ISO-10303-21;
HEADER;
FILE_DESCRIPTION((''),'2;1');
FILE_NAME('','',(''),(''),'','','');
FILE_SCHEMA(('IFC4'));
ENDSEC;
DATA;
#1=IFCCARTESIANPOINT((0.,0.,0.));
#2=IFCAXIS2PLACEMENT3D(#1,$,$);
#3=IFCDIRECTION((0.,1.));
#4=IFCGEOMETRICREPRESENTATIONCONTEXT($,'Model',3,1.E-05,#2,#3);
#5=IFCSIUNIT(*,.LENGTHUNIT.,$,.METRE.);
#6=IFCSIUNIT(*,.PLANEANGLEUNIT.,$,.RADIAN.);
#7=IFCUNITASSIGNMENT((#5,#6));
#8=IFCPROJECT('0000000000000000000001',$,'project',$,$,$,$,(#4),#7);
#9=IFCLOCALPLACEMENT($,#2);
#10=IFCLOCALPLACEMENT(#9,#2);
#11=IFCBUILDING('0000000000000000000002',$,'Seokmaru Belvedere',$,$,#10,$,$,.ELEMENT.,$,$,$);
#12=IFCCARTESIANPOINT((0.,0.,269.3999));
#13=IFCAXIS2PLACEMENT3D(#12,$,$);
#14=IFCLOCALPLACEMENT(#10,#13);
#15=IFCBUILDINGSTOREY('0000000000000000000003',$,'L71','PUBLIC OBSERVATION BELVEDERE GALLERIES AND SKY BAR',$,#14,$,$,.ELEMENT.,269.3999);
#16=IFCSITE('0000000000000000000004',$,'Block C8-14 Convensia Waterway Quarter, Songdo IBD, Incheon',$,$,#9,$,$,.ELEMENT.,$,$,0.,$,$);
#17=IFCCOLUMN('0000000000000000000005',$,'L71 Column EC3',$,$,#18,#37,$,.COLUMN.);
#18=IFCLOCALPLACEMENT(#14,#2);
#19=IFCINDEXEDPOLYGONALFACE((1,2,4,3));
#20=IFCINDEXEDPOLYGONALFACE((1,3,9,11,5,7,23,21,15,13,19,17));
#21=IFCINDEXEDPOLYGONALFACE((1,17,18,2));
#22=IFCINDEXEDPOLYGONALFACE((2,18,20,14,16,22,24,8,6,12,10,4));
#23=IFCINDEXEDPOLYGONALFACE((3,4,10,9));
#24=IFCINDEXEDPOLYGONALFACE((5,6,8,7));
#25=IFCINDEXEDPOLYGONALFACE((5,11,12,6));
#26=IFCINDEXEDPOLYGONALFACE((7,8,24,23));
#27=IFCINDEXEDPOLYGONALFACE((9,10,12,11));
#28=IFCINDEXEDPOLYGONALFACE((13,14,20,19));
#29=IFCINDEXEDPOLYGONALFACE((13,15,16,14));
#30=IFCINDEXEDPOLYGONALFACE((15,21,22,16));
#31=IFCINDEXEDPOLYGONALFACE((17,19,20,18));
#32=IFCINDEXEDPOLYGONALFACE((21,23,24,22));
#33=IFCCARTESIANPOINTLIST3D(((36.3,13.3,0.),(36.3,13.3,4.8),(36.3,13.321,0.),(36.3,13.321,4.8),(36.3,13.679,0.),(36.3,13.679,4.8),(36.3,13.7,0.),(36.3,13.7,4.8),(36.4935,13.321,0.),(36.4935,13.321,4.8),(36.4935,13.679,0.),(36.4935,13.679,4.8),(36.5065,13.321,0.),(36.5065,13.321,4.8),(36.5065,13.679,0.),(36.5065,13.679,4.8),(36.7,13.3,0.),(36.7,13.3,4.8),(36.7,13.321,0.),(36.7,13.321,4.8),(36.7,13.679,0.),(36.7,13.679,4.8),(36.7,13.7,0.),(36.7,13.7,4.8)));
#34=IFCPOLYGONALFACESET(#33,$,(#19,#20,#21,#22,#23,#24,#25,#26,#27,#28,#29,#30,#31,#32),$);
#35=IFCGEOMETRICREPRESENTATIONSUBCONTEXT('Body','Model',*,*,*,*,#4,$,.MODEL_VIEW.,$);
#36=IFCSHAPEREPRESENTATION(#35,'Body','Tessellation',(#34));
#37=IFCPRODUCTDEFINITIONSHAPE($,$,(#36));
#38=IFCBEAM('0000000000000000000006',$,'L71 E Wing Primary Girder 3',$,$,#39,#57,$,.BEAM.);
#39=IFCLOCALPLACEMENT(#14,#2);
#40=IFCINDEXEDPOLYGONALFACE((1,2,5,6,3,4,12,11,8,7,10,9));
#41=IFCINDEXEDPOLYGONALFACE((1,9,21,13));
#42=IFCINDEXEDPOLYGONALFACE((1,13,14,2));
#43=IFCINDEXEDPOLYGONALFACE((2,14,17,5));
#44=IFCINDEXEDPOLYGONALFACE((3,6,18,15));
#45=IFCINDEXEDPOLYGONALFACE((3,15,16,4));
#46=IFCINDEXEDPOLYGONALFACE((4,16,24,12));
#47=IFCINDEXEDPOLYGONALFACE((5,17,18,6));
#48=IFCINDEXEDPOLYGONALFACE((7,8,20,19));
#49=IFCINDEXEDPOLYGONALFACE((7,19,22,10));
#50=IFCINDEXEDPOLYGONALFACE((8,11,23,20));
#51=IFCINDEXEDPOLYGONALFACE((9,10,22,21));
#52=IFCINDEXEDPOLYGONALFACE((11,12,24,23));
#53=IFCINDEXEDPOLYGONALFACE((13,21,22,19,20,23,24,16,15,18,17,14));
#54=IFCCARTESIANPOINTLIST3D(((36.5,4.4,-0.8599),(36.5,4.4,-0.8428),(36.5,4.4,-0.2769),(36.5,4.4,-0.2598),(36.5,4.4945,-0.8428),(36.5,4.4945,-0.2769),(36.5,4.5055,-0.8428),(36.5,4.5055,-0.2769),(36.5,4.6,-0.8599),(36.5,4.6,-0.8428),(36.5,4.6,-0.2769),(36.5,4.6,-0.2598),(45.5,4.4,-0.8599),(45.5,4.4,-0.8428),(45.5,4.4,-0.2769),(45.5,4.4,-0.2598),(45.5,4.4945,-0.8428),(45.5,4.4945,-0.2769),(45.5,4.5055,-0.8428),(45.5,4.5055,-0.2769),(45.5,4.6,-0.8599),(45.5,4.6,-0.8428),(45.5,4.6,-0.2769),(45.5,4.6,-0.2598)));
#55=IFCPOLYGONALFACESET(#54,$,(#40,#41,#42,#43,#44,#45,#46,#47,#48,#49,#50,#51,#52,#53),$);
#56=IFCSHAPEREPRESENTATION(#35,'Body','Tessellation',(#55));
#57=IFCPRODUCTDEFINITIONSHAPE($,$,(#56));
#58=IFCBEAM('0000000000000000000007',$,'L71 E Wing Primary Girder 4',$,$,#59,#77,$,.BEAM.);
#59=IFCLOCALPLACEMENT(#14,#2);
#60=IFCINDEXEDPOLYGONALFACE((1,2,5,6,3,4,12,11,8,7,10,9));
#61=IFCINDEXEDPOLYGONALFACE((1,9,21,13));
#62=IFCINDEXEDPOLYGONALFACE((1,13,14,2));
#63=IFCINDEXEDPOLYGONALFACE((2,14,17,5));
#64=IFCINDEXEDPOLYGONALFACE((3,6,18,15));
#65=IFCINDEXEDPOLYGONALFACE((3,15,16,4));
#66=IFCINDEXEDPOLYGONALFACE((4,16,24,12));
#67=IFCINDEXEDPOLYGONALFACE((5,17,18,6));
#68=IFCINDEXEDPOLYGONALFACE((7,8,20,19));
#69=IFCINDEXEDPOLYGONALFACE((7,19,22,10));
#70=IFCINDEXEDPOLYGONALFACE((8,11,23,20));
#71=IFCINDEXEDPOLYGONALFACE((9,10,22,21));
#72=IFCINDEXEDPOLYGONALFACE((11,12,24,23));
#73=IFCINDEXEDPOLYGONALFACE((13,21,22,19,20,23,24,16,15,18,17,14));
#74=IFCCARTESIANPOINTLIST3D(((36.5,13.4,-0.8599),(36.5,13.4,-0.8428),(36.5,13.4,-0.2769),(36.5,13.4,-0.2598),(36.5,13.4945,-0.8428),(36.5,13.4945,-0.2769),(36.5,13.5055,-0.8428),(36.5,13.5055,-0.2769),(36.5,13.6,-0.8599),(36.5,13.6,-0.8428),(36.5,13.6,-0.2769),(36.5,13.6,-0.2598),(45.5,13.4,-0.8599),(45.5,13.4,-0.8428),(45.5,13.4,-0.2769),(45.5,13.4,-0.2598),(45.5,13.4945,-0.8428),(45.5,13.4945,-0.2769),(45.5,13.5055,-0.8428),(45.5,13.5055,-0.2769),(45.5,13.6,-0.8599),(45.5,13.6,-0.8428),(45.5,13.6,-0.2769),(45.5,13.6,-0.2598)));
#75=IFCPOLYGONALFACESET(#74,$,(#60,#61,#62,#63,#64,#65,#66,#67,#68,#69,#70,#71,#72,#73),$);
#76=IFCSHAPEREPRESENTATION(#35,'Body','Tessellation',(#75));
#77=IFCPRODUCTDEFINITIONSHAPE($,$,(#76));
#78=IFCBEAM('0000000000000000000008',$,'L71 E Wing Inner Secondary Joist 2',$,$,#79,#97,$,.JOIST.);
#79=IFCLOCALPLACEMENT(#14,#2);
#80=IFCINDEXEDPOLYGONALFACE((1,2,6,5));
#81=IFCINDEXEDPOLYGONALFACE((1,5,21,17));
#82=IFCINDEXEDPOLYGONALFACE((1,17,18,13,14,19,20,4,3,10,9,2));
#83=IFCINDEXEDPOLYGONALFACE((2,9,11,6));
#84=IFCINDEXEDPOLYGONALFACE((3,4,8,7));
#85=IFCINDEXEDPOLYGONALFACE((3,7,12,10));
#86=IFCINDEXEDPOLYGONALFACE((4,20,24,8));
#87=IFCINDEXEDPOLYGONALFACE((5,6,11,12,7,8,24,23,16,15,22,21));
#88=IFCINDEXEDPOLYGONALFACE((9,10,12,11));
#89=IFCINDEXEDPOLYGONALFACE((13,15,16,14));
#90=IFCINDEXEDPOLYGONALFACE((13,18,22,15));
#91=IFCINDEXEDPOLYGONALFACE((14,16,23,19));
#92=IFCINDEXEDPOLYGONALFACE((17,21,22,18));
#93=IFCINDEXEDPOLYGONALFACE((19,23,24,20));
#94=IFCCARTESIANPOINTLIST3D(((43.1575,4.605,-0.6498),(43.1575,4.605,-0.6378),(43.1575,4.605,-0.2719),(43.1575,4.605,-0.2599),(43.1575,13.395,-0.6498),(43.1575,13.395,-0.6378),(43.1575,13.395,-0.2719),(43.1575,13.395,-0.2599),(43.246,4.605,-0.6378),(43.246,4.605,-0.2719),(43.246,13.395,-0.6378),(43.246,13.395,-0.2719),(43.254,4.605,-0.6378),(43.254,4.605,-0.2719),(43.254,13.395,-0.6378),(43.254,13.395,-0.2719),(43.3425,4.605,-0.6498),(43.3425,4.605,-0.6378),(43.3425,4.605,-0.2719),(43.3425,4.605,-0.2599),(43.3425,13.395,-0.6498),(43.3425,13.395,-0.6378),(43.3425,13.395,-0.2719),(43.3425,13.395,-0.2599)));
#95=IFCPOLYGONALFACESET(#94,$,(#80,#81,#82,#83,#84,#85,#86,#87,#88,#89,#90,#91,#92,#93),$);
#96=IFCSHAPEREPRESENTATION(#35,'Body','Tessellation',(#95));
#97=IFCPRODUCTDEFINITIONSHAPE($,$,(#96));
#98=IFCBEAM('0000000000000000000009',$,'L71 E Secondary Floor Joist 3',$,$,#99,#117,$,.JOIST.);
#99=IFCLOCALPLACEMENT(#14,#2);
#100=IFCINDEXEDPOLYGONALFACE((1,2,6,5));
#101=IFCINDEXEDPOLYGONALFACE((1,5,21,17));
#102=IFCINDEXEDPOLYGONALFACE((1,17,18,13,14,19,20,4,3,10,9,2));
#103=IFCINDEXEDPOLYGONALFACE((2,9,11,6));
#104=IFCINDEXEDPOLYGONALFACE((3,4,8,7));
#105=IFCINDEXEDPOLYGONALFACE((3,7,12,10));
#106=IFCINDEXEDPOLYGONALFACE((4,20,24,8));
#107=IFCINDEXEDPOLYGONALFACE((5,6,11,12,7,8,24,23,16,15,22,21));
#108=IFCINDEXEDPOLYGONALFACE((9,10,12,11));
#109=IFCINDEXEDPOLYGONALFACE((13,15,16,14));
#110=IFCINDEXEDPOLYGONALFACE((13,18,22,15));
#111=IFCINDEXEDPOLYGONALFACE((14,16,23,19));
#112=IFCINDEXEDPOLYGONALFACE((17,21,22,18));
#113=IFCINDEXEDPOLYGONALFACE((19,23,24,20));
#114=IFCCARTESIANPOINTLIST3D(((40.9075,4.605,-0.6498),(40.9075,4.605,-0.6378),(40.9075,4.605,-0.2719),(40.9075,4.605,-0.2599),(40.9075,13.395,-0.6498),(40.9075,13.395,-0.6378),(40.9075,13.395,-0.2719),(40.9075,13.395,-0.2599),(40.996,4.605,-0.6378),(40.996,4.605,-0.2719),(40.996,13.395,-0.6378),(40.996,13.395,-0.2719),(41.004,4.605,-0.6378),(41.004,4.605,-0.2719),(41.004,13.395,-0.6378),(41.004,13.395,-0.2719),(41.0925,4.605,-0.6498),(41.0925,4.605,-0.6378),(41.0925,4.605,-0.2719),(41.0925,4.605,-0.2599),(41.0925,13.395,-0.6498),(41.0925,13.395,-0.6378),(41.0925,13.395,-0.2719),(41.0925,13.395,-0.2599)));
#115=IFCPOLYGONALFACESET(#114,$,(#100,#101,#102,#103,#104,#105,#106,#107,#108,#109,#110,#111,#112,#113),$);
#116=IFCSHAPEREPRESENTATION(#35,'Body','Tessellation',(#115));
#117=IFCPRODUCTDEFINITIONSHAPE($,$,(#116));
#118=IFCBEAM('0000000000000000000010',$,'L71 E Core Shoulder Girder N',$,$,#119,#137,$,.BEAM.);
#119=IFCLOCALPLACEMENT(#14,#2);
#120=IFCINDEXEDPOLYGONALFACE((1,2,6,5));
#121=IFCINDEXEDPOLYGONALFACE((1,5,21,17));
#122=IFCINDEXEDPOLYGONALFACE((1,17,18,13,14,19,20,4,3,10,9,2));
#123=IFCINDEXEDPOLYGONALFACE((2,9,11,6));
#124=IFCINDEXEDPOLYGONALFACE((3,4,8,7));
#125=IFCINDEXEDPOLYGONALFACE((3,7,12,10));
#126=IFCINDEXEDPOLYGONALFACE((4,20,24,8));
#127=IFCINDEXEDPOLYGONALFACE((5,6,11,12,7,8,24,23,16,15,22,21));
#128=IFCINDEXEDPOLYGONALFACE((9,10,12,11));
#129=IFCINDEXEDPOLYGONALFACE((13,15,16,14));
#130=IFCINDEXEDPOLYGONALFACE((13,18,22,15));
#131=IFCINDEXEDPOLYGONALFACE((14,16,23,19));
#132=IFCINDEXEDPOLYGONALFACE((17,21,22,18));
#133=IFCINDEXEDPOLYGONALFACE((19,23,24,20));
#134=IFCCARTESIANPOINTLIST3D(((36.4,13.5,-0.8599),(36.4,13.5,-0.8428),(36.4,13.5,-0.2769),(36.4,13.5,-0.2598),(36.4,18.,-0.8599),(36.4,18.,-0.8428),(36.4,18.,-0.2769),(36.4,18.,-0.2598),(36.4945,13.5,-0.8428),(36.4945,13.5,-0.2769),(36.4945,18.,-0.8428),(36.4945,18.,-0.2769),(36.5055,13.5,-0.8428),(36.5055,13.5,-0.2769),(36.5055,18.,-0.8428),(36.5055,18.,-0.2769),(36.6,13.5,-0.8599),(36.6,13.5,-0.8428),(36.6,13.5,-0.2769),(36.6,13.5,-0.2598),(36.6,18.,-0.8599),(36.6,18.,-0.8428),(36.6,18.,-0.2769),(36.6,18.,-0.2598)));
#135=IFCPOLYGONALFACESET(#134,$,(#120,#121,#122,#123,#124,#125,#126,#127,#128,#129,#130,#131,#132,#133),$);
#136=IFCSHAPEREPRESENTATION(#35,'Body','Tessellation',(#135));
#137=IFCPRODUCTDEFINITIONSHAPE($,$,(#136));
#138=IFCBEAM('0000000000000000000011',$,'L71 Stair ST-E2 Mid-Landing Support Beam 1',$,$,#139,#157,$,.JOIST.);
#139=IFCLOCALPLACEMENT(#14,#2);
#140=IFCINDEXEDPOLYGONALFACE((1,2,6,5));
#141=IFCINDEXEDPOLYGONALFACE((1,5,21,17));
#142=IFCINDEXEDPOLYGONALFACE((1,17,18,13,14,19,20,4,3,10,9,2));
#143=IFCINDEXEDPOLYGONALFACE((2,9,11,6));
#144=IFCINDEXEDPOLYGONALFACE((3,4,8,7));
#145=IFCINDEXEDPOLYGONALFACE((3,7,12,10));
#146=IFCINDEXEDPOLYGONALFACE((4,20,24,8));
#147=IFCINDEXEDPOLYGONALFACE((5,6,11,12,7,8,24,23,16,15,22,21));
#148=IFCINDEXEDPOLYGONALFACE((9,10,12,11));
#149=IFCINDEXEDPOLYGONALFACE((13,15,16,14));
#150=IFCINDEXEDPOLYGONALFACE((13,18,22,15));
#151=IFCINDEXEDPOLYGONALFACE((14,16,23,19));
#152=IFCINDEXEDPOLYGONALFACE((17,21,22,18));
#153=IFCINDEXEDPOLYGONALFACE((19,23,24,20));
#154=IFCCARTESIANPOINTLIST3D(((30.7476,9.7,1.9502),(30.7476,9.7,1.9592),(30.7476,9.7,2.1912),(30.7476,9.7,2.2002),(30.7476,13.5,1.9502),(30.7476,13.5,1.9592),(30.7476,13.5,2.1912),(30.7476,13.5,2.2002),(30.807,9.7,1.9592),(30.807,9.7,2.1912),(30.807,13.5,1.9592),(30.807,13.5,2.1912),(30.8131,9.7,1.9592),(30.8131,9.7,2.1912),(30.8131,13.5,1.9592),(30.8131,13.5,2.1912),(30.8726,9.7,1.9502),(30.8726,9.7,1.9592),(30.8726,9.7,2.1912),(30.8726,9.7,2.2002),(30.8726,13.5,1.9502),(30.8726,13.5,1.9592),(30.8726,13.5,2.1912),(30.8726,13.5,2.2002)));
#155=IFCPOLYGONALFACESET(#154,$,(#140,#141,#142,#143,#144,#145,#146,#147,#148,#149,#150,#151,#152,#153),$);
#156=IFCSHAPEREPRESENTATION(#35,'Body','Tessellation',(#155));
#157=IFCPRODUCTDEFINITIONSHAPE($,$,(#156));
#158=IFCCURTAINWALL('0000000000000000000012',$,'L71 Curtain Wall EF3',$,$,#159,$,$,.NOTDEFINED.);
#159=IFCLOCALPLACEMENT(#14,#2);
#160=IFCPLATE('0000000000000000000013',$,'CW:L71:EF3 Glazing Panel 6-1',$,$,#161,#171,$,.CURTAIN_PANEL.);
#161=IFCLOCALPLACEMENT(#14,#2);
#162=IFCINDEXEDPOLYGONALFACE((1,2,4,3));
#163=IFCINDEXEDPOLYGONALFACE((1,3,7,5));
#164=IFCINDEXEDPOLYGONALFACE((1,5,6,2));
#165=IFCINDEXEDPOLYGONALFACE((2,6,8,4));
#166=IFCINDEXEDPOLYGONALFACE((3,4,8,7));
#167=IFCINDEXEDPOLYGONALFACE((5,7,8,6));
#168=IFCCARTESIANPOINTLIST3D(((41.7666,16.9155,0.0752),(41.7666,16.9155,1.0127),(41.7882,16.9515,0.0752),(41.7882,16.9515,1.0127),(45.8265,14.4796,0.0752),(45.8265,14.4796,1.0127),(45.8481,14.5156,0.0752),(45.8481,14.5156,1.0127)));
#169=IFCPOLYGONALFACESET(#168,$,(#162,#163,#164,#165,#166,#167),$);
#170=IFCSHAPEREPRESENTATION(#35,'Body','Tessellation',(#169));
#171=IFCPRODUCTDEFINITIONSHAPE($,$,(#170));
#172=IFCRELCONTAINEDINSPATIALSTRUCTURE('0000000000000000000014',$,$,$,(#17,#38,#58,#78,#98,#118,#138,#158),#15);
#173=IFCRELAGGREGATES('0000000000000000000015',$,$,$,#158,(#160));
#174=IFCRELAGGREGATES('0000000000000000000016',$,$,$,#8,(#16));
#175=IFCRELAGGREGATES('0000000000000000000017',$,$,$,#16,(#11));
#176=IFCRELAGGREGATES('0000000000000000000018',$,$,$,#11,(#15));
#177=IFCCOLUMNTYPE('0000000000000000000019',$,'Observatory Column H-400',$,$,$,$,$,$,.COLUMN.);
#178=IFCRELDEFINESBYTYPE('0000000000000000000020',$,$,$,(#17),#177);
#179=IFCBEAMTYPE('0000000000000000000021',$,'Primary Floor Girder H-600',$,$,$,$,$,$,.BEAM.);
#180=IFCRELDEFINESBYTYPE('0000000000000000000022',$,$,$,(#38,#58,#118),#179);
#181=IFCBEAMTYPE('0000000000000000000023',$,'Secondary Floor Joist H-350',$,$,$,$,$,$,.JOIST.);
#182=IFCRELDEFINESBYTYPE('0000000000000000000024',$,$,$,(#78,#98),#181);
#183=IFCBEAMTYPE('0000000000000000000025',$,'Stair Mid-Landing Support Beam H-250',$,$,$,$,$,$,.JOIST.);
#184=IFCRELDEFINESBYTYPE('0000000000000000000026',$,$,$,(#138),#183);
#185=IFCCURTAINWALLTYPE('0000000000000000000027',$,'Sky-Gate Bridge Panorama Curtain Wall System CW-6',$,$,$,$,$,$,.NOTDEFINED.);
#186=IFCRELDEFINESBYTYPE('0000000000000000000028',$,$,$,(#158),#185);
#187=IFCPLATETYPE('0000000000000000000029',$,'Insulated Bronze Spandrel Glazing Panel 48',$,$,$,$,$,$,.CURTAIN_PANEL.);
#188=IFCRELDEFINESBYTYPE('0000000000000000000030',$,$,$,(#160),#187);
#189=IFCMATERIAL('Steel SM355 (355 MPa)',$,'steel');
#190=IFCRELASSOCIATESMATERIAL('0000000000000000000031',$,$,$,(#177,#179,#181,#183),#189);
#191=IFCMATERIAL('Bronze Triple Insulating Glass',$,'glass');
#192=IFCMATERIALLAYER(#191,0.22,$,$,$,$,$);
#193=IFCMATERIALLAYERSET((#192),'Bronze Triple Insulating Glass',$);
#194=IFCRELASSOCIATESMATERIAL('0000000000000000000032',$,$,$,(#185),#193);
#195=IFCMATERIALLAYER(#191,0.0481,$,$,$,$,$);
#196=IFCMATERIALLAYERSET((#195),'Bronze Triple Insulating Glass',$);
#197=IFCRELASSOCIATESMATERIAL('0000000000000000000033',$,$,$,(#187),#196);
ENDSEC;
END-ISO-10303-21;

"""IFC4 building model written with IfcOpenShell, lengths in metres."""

from ifc_helpers import new_model, si_unit, direction, frame, origin, origin_2d, place, context, subcontext, project, spatial, rectangle, i_section, extrude, source, transform, mapped, material, layer, layer_set, material_profile, profile_set, type_object, type_shapes, element, aggregate, save


model = new_model("IFC4")

# Units and contexts
model_context = context("Model", 3, precision=1e-05, world=origin(), true_north=direction((0.0, 1.0)))
body_context = subcontext(model_context, "Body", "Model", "MODEL_VIEW")
ifc_project = project(units=[si_unit("LENGTHUNIT", "METRE"), si_unit("PLANEANGLEUNIT", "RADIAN")], contexts=[model_context])

# Site, building, storey
site_placement = place(None, origin())
site = spatial("IfcSite", under=ifc_project, at=site_placement, Name="Block C8-14 Convensia Waterway Quarter, Songdo IBD, Incheon", CompositionType="ELEMENT", RefElevation=0.0)
building_placement = place(site_placement, origin())
building = spatial("IfcBuilding", under=site, at=building_placement, Name="Seokmaru Belvedere", CompositionType="ELEMENT")
storey_placement = place(building_placement, frame((0.0, 0.0, 269.3999)))
storey = spatial("IfcBuildingStorey", under=building, at=storey_placement, Name="L71", Description="PUBLIC OBSERVATION BELVEDERE GALLERIES AND SKY BAR", CompositionType="ELEMENT", Elevation=269.3999)

# Column
ifc_material_1 = material(Name="Steel SM355 (355 MPa)", Category="steel")
ifc_material_profile_1 = material_profile(ifc_material_1, i_section(OverallWidth=0.3999, OverallDepth=0.3999, WebThickness=0.0129, FlangeThickness=0.021, at=origin_2d()), Name="H-400x400x13x21")
ifc_profile_set_1 = profile_set([ifc_material_profile_1], Name="Steel SM355 (355 MPa)")
column_type = type_object("IfcColumnType", Name="Observatory Column H-400", PredefinedType="COLUMN", material=ifc_profile_set_1)
shared_shape_1 = source(origin(), body_context, "Body", "SweptSolid", [
    extrude(i_section(OverallWidth=0.3999, OverallDepth=0.3999, WebThickness=0.0129, FlangeThickness=0.021, at=origin_2d()), origin(), (0.0, 0.0, 1.0), 4.8),
])
type_shapes(column_type, [shared_shape_1])
column_placement = place(storey_placement, frame((36.5, 13.5, 0.0), z_axis=(0.0, 0.0, 1.0), x_axis=(1.0, 0.0, 0.0)))
element("IfcColumn", 1, at=column_placement, inside=storey, type_object=column_type, Name="L71 Column EC3", PredefinedType="COLUMN", context=body_context, shape_type="MappedRepresentation", body=[
    mapped(shared_shape_1, transform((0.0, 0.0, 0.0), scale=1.0)),
])

# Beams
ifc_material_profile_2 = material_profile(ifc_material_1, i_section(OverallWidth=0.2, OverallDepth=0.6001, WebThickness=0.011, FlangeThickness=0.0171, at=origin_2d()), Name="H-600x200x11x17")
ifc_profile_set_2 = profile_set([ifc_material_profile_2], Name="Steel SM355 (355 MPa)")
beam_type_1 = type_object("IfcBeamType", Name="Primary Floor Girder H-600", PredefinedType="BEAM", material=ifc_profile_set_2)
shared_shape_2 = source(origin(), body_context, "Body", "SweptSolid", [
    extrude(i_section(OverallWidth=0.2, OverallDepth=0.6001, WebThickness=0.011, FlangeThickness=0.0171, at=origin_2d()), origin(), (0.0, 0.0, 1.0), 9.0),
])
for number, where, z_axis, x_axis, name in (
    (2, (36.5, 4.5, -0.5598), (1.0, 0.0, 0.0), (0.0, 1.0, 0.0), "L71 E Wing Primary Girder 3"),
    (3, (36.5, 13.5, -0.5598), (1.0, 0.0, 0.0), (0.0, 1.0, 0.0), "L71 E Wing Primary Girder 4"),
):
    element("IfcBeam", number, at=place(storey_placement, frame(where, z_axis=z_axis, x_axis=x_axis)), inside=storey, type_object=beam_type_1, Name=name, PredefinedType="BEAM", context=body_context, shape_type="MappedRepresentation", body=[
        mapped(shared_shape_2, transform((0.0, 0.0, 0.0), scale=1.0)),
    ])
ifc_material_profile_3 = material_profile(ifc_material_1, i_section(OverallWidth=0.1851, OverallDepth=0.3899, WebThickness=0.0081, FlangeThickness=0.012, at=origin_2d()), Name="H-390x185x8x12")
ifc_profile_set_3 = profile_set([ifc_material_profile_3], Name="Steel SM355 (355 MPa)")
beam_type_2 = type_object("IfcBeamType", Name="Secondary Floor Joist H-350", PredefinedType="JOIST", material=ifc_profile_set_3)
shared_shape_3 = source(origin(), body_context, "Body", "SweptSolid", [
    extrude(i_section(OverallWidth=0.1851, OverallDepth=0.3899, WebThickness=0.0081, FlangeThickness=0.012, at=origin_2d()), origin(), (0.0, 0.0, 1.0), 8.79),
])
type_shapes(beam_type_2, [shared_shape_3])
for number, where, z_axis, x_axis, name in (
    (4, (43.25, 4.605, -0.4548), (0.0, 1.0, 0.0), (-1.0, 0.0, 0.0), "L71 E Wing Inner Secondary Joist 2"),
    (5, (41.0, 4.605, -0.4548), (0.0, 1.0, 0.0), (-1.0, 0.0, 0.0), "L71 E Secondary Floor Joist 3"),
):
    element("IfcBeam", number, at=place(storey_placement, frame(where, z_axis=z_axis, x_axis=x_axis)), inside=storey, type_object=beam_type_2, Name=name, PredefinedType="JOIST", context=body_context, shape_type="MappedRepresentation", body=[
        mapped(shared_shape_3, transform((0.0, 0.0, 0.0), scale=1.0)),
    ])
shared_shape_4 = source(origin(), body_context, "Body", "SweptSolid", [
    extrude(i_section(OverallWidth=0.2, OverallDepth=0.6001, WebThickness=0.011, FlangeThickness=0.0171, at=origin_2d()), origin(), (0.0, 0.0, 1.0), 4.5),
])
type_shapes(beam_type_1, [shared_shape_2, shared_shape_4])
beam_1_placement = place(storey_placement, frame((36.5, 13.5, -0.5598), z_axis=(0.0, 1.0, 0.0), x_axis=(-1.0, 0.0, 0.0)))
element("IfcBeam", 6, at=beam_1_placement, inside=storey, type_object=beam_type_1, Name="L71 E Core Shoulder Girder N", PredefinedType="BEAM", context=body_context, shape_type="MappedRepresentation", body=[
    mapped(shared_shape_4, transform((0.0, 0.0, 0.0), scale=1.0)),
])
ifc_material_profile_4 = material_profile(ifc_material_1, i_section(OverallWidth=0.125, OverallDepth=0.25, WebThickness=0.0061, FlangeThickness=0.009, at=origin_2d()), Name="H-250x125x6x9")
ifc_profile_set_4 = profile_set([ifc_material_profile_4], Name="Steel SM355 (355 MPa)")
beam_type_3 = type_object("IfcBeamType", Name="Stair Mid-Landing Support Beam H-250", PredefinedType="JOIST", material=ifc_profile_set_4)
shared_shape_5 = source(origin(), body_context, "Body", "SweptSolid", [
    extrude(i_section(OverallWidth=0.125, OverallDepth=0.25, WebThickness=0.0061, FlangeThickness=0.009, at=origin_2d()), origin(), (0.0, 0.0, 1.0), 3.8),
])
type_shapes(beam_type_3, [shared_shape_5])
beam_2_placement = place(storey_placement, frame((30.8101, 9.7, 2.0752), z_axis=(0.0, 1.0, 0.0), x_axis=(-1.0, 0.0, 0.0)))
element("IfcBeam", 7, at=beam_2_placement, inside=storey, type_object=beam_type_3, Name="L71 Stair ST-E2 Mid-Landing Support Beam 1", PredefinedType="JOIST", context=body_context, shape_type="MappedRepresentation", body=[
    mapped(shared_shape_5, transform((0.0, 0.0, 0.0), scale=1.0)),
])

# Curtain wall, plate
ifc_material_2 = material(Name="Bronze Triple Insulating Glass", Category="glass")
ifc_layer_1 = layer(ifc_material_2, 0.22)
ifc_layer_set_1 = layer_set([ifc_layer_1], Name="Bronze Triple Insulating Glass")
curtain_wall_type = type_object("IfcCurtainWallType", Name="Sky-Gate Bridge Panorama Curtain Wall System CW-6", PredefinedType="NOTDEFINED", material=ifc_layer_set_1)
curtain_wall_placement = place(storey_placement, origin())
curtain_wall = element("IfcCurtainWall", 8, at=curtain_wall_placement, inside=storey, type_object=curtain_wall_type, Name="L71 Curtain Wall EF3", PredefinedType="NOTDEFINED")
ifc_layer_2 = layer(ifc_material_2, 0.0481)
ifc_layer_set_2 = layer_set([ifc_layer_2], Name="Bronze Triple Insulating Glass")
plate_type = type_object("IfcPlateType", Name="Insulated Bronze Spandrel Glazing Panel 48", PredefinedType="CURTAIN_PANEL", material=ifc_layer_set_2)
shared_shape_6 = source(origin(), body_context, "Body", "SweptSolid", [
    extrude(rectangle(XDim=4.7346, YDim=0.042, at=origin_2d()), origin(), (0.0, 0.0, 1.0), 0.9375),
])
type_shapes(plate_type, [shared_shape_6])
plate_placement = place(storey_placement, frame((43.8074, 15.7156, 0.0752), z_axis=(0.0, 0.0, 1.0), x_axis=(-0.857493, 0.514495, 0.0)))
plate = element("IfcPlate", 9, at=plate_placement, type_object=plate_type, Name="CW:L71:EF3 Glazing Panel 6-1", PredefinedType="CURTAIN_PANEL", context=body_context, shape_type="MappedRepresentation", body=[
    mapped(shared_shape_6, transform((0.0, 0.0, 0.0), scale=1.0)),
])
aggregate(curtain_wall, [plate])

save(model, "model.ifc")
